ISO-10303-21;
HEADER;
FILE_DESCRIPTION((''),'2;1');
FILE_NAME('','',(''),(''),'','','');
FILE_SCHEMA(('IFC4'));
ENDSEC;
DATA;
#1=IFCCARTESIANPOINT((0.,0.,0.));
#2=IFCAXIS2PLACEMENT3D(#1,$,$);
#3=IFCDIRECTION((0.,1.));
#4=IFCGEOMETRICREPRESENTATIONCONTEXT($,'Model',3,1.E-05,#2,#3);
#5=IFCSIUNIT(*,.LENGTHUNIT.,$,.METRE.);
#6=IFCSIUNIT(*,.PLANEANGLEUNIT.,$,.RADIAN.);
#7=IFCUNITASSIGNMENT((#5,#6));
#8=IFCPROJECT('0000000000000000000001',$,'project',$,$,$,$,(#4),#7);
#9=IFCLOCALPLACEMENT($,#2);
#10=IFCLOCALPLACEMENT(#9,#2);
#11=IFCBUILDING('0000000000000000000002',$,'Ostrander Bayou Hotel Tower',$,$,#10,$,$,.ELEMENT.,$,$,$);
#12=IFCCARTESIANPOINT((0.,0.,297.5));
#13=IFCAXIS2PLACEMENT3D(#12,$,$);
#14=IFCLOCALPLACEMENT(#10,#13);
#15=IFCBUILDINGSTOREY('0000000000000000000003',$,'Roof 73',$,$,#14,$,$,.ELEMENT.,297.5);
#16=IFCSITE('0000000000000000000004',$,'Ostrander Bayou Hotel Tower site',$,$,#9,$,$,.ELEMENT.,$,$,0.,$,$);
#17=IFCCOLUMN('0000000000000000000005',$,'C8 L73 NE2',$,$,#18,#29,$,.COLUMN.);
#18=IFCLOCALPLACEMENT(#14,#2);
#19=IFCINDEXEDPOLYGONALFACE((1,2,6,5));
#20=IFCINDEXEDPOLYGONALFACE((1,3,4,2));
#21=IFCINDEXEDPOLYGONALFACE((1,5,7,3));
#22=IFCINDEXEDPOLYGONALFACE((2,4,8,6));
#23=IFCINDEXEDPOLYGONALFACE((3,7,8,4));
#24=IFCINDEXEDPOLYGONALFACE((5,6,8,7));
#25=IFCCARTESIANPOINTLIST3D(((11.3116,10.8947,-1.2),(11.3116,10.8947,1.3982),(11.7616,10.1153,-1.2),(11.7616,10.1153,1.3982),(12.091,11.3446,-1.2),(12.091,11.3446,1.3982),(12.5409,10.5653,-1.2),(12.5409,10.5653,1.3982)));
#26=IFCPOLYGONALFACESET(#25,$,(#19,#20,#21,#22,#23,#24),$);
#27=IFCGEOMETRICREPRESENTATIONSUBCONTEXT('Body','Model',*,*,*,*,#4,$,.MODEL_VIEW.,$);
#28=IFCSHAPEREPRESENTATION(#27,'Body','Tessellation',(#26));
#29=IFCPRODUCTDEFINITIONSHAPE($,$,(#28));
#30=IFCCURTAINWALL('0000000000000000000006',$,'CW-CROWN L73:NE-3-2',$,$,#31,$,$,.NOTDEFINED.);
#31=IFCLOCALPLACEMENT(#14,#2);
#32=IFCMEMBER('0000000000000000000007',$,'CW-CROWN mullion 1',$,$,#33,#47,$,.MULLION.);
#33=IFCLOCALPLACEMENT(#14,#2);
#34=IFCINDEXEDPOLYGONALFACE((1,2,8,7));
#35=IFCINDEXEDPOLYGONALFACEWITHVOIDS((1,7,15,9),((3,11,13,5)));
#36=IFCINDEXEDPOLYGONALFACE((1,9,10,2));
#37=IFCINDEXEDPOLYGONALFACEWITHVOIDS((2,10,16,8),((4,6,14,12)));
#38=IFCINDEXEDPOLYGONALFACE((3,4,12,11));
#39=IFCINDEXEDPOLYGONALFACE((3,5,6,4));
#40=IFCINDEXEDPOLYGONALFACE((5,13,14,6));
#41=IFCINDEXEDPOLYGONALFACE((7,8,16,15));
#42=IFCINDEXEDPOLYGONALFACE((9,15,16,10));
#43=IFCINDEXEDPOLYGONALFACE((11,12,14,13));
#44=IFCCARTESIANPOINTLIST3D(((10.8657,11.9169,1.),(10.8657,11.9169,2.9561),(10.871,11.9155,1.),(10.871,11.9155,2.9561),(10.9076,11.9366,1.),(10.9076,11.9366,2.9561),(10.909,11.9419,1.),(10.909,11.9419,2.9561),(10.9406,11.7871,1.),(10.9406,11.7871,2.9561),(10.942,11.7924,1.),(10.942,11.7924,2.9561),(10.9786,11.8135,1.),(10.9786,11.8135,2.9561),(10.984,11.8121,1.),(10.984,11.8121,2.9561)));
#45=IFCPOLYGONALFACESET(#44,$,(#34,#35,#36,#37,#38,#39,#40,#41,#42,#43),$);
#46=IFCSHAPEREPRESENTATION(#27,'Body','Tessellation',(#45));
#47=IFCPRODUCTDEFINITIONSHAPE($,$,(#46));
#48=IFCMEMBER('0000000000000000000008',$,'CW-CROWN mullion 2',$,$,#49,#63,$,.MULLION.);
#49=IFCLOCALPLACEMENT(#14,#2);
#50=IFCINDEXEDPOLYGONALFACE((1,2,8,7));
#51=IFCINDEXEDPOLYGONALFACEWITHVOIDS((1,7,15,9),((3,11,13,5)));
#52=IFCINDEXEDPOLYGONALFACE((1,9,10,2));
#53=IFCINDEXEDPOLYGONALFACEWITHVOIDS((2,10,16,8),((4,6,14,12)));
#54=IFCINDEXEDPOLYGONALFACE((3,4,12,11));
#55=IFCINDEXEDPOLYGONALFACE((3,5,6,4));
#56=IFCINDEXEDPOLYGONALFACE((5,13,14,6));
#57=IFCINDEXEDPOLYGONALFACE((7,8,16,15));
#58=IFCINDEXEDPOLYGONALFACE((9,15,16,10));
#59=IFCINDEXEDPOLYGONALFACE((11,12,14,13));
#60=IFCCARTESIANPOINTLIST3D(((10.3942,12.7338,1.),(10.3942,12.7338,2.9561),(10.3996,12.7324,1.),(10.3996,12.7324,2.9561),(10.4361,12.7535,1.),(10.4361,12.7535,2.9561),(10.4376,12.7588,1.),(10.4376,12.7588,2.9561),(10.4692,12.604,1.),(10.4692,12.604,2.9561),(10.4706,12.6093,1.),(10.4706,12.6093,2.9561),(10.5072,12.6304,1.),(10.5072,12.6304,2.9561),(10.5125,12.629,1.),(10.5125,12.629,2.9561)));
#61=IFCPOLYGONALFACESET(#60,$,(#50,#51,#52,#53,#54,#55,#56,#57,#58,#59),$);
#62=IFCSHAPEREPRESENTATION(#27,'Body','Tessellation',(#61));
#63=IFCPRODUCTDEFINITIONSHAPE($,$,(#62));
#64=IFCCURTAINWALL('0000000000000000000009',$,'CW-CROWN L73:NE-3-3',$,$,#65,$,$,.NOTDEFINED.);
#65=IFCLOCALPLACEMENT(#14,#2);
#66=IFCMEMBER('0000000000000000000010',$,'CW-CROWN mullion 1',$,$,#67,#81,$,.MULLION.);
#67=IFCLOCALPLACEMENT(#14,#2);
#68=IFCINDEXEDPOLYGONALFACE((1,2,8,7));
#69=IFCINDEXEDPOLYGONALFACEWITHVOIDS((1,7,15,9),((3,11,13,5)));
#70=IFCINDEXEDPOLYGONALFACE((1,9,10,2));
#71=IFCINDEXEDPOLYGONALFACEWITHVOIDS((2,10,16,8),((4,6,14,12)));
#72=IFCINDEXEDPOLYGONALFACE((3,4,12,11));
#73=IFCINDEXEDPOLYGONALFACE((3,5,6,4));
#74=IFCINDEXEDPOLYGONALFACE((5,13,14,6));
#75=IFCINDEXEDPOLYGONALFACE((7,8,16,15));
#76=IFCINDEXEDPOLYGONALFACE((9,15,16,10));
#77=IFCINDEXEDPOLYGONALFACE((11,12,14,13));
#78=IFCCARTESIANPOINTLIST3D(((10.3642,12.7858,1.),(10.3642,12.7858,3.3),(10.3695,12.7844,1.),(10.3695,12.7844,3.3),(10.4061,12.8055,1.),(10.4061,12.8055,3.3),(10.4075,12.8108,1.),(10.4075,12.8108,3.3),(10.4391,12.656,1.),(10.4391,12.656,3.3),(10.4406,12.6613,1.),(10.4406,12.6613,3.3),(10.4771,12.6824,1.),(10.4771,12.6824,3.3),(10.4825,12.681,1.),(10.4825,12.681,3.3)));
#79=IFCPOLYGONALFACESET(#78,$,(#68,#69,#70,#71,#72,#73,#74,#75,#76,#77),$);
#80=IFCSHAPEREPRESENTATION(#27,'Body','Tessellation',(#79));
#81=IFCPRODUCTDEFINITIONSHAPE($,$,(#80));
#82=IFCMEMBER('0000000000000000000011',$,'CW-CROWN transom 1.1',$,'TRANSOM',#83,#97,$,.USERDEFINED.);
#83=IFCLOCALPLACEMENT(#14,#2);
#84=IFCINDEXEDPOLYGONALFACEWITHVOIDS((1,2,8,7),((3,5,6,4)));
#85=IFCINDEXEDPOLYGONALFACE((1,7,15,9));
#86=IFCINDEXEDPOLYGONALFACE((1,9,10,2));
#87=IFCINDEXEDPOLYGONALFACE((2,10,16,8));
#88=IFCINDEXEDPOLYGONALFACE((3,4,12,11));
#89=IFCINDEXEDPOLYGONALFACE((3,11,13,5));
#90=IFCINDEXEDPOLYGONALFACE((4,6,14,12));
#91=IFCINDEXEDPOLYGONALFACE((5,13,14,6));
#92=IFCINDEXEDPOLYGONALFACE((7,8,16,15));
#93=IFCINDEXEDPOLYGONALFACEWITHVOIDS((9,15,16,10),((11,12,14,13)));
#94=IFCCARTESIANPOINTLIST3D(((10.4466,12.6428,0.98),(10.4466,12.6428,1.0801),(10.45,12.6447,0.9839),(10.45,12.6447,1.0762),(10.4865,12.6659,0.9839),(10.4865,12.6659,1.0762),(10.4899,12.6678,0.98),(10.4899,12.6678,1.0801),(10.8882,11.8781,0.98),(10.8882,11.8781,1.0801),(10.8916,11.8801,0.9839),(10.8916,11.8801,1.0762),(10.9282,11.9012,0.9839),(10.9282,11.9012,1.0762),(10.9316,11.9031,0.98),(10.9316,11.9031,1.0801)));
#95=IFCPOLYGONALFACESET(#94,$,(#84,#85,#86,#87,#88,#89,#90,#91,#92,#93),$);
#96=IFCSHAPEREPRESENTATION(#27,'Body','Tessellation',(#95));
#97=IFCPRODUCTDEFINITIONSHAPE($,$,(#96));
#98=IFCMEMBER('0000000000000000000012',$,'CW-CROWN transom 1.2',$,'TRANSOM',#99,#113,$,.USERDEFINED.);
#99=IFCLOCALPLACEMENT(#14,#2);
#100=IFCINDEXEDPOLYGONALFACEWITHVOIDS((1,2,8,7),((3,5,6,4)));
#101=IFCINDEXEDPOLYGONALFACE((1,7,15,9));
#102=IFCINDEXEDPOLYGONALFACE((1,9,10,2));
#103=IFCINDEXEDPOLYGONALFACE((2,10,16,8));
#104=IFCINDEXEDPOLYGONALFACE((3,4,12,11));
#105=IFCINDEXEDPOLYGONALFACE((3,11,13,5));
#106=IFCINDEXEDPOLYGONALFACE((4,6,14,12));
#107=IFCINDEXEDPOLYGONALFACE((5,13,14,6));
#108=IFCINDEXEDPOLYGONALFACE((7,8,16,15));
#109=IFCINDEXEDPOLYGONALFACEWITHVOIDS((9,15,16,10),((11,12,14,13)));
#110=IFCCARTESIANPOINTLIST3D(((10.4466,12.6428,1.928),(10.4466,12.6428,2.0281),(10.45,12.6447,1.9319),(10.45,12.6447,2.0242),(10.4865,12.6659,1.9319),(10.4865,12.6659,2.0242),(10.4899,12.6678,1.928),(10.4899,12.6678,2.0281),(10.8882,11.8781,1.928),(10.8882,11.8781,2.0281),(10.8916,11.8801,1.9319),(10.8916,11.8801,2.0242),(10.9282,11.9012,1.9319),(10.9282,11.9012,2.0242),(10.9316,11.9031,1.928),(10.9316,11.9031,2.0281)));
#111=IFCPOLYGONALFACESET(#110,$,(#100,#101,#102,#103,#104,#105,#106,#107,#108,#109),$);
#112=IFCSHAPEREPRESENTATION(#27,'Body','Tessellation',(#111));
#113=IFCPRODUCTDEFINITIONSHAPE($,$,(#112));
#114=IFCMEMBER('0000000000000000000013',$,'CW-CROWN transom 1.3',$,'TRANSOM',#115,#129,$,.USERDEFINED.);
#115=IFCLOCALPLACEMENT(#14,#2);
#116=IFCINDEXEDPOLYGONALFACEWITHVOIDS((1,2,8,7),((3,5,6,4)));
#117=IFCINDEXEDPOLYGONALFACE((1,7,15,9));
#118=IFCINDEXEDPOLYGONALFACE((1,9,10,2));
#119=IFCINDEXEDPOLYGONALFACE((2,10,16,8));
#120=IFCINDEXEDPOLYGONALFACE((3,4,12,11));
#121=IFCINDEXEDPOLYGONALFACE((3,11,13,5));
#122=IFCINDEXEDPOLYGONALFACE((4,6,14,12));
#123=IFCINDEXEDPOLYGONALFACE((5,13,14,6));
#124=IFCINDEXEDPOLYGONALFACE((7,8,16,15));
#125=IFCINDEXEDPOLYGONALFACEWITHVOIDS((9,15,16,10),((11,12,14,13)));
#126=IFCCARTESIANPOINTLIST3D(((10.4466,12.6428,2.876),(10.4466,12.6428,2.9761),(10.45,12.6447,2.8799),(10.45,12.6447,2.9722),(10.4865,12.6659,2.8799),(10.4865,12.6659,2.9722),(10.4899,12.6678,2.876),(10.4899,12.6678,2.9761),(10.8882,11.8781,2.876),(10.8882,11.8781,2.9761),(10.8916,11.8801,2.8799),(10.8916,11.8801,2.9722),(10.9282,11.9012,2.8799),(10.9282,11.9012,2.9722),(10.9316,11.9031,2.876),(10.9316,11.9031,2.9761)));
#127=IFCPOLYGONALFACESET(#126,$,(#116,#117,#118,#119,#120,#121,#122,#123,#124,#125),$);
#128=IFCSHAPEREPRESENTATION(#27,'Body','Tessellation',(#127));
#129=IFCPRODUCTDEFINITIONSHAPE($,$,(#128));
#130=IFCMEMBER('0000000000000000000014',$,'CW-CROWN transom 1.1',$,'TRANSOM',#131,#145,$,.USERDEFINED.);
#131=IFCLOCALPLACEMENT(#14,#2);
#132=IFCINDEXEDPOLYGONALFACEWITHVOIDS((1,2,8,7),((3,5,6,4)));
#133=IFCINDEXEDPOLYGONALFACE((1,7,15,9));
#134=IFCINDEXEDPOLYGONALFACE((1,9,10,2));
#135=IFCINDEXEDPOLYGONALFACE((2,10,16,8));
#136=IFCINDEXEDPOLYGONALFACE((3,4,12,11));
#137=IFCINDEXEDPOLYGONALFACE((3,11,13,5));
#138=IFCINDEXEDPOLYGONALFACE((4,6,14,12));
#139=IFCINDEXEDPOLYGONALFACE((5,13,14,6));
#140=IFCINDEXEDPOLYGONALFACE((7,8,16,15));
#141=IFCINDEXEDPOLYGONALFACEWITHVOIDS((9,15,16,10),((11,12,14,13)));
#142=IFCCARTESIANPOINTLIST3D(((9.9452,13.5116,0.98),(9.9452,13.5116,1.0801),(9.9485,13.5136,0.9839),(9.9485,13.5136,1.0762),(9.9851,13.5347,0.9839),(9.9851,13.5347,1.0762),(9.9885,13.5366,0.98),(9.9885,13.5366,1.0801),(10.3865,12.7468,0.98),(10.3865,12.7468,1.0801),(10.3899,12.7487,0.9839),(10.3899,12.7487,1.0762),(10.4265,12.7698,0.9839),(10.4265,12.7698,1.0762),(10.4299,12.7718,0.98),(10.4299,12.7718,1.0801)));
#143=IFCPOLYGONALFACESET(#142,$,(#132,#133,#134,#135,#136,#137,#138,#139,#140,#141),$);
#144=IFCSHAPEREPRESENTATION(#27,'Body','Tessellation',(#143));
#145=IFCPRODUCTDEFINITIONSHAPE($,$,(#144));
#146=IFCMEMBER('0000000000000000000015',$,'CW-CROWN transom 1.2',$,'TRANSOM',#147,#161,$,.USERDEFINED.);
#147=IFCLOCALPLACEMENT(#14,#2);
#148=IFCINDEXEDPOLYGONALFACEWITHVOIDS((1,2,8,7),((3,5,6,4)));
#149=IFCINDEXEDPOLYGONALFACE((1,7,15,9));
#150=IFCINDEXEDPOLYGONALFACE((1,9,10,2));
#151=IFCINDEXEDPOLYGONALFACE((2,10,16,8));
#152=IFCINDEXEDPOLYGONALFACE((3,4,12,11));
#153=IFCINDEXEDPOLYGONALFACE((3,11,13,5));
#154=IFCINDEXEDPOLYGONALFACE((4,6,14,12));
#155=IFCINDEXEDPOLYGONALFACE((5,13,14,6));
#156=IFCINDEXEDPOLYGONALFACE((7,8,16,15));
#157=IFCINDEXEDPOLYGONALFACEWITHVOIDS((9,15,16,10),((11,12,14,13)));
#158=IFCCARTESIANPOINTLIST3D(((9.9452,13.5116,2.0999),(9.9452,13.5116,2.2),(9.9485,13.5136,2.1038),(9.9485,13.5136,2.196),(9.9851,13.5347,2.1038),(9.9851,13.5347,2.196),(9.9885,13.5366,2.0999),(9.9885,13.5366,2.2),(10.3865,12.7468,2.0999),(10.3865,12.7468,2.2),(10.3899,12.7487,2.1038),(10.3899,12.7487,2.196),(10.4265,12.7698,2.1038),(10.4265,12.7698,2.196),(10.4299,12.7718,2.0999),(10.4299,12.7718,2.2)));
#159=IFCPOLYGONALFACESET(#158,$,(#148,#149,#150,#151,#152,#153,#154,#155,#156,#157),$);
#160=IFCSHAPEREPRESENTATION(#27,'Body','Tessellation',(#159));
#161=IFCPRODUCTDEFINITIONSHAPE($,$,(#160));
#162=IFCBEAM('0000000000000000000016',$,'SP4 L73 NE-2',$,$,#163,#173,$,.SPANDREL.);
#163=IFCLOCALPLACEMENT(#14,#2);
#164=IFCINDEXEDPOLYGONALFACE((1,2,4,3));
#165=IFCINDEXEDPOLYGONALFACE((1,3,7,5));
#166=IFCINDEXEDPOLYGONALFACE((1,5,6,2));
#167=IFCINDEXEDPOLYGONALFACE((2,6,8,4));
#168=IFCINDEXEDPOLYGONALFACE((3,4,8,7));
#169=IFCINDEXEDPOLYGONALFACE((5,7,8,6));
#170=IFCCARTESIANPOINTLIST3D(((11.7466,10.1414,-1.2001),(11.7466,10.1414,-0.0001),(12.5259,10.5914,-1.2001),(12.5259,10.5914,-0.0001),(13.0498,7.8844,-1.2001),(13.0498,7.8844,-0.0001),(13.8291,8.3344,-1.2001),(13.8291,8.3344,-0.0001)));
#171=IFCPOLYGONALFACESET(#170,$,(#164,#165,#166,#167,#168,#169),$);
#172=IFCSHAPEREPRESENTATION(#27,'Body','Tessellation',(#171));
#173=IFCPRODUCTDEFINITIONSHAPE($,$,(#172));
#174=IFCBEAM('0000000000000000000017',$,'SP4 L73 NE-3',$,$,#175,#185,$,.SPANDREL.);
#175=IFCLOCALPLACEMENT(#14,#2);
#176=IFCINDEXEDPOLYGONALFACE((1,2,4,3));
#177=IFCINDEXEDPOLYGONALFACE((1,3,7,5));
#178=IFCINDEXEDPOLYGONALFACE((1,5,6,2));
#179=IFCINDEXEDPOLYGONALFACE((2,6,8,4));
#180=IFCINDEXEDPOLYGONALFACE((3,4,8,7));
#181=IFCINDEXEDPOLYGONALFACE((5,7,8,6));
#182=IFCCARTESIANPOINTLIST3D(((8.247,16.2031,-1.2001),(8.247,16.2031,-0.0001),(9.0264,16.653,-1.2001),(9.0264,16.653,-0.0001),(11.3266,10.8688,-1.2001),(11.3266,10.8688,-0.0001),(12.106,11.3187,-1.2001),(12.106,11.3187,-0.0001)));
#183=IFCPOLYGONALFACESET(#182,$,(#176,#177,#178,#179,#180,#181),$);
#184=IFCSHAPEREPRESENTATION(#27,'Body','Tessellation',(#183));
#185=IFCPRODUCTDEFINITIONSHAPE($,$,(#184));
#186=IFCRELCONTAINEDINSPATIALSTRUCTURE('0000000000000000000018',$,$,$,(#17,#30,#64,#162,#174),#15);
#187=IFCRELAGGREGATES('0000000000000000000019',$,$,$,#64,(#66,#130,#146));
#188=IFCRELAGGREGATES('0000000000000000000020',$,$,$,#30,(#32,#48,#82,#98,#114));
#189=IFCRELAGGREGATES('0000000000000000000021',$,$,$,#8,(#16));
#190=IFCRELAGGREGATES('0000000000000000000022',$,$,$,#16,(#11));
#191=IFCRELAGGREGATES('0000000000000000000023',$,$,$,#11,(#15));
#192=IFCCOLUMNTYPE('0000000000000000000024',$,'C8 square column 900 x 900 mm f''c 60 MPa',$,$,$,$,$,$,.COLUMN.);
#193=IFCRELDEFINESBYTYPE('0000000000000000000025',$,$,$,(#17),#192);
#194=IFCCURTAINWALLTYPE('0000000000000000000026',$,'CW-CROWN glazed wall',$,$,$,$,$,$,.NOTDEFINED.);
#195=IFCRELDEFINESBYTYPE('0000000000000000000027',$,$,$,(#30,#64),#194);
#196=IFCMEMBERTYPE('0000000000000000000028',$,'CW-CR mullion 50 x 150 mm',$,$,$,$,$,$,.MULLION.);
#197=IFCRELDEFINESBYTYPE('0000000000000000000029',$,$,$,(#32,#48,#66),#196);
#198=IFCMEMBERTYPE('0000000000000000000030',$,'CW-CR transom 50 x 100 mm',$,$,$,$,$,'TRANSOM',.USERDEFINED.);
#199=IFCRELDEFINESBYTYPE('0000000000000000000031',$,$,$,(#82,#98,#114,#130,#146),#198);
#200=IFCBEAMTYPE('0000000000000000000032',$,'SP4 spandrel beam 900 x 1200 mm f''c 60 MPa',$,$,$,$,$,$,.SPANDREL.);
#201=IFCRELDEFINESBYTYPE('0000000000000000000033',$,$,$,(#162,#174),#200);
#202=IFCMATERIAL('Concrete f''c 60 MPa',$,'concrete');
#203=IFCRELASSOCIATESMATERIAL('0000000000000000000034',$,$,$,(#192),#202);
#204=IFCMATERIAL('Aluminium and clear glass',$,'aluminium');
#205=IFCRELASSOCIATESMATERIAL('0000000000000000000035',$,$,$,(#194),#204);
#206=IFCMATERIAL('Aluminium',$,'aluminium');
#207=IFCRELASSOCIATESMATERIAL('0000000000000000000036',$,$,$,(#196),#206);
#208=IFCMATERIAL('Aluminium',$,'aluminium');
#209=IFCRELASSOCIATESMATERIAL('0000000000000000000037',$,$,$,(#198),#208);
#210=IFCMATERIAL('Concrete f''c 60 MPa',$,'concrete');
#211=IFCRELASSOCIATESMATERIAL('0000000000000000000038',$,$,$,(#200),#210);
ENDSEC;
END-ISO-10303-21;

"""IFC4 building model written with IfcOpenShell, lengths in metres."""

from ifc_helpers import new_model, si_unit, direction, frame, origin, origin_2d, place, context, subcontext, project, spatial, rectangle, hollow_rectangle, extrude, material, material_profile, profile_set, type_object, element, aggregate, save


model = new_model("IFC4")

# Units and contexts
model_context = context("Model", 3, precision=1e-05, world=origin(), true_north=direction((0.0, 1.0)))
body_context = subcontext(model_context, "Body", "Model", "MODEL_VIEW")
ifc_project = project(units=[si_unit("LENGTHUNIT", "METRE"), si_unit("PLANEANGLEUNIT", "RADIAN")], contexts=[model_context])

# Site, building, storey
site_placement = place(None, origin())
site = spatial("IfcSite", under=ifc_project, at=site_placement, Name="Ostrander Bayou Hotel Tower site", CompositionType="ELEMENT", RefElevation=0.0)
building_placement = place(site_placement, origin())
building = spatial("IfcBuilding", under=site, at=building_placement, Name="Ostrander Bayou Hotel Tower", CompositionType="ELEMENT")
storey_placement = place(building_placement, frame((0.0, 0.0, 297.5)))
storey = spatial("IfcBuildingStorey", under=building, at=storey_placement, Name="Roof 73", CompositionType="ELEMENT", Elevation=297.5)

# Column
ifc_material_1 = material(Name="Concrete f'c 60 MPa", Category="concrete")
ifc_material_profile_1 = material_profile(ifc_material_1, rectangle(XDim=0.8999, YDim=0.8999, at=origin_2d()))
ifc_profile_set_1 = profile_set([ifc_material_profile_1], Name="Concrete f'c 60 MPa")
column_type = type_object("IfcColumnType", Name="C8 square column 900 x 900 mm f'c 60 MPa", PredefinedType="COLUMN", material=ifc_profile_set_1)
column_placement = place(storey_placement, frame((11.9263, 10.73, -1.2), z_axis=(0.0, 0.0, 1.0), x_axis=(0.5, -0.866025, 0.0)))
element("IfcColumn", 1, at=column_placement, inside=storey, type_object=column_type, Name="C8 L73 NE2", PredefinedType="COLUMN", context=body_context, shape_type="SweptSolid", body=[
    extrude(rectangle(XDim=0.8999, YDim=0.8999, at=origin_2d()), origin(), (0.0, 0.0, 1.0), 2.5981),
])

# Curtain wall, members
ifc_material_2 = material(Name="Aluminium and clear glass", Category="aluminium")
curtain_wall_type = type_object("IfcCurtainWallType", Name="CW-CROWN glazed wall", PredefinedType="NOTDEFINED", material=ifc_material_2)
curtain_wall_1_placement = place(storey_placement, origin())
curtain_wall_1 = element("IfcCurtainWall", 2, at=curtain_wall_1_placement, inside=storey, type_object=curtain_wall_type, Name="CW-CROWN L73:NE-3-2", PredefinedType="NOTDEFINED")
ifc_material_3 = material(Name="Aluminium", Category="aluminium")
ifc_material_profile_2 = material_profile(ifc_material_3, hollow_rectangle(XDim=0.05, YDim=0.1499, WallThickness=0.0039, at=origin_2d()))
ifc_profile_set_2 = profile_set([ifc_material_profile_2], Name="Aluminium")
member_type_1 = type_object("IfcMemberType", Name="CW-CR mullion 50 x 150 mm", PredefinedType="MULLION", material=ifc_profile_set_2)
member_1_placement = place(storey_placement, frame((10.9248, 11.8645, 1.0), z_axis=(0.0, 0.0, 1.0), x_axis=(-0.866001, -0.500042, 0.0)))
member_1 = element("IfcMember", 3, at=member_1_placement, type_object=member_type_1, Name="CW-CROWN mullion 1", PredefinedType="MULLION", context=body_context, shape_type="SweptSolid", body=[
    extrude(hollow_rectangle(XDim=0.05, YDim=0.1499, WallThickness=0.0039, at=origin_2d()), origin(), (0.0, 0.0, 1.0), 1.9561),
])
member_2_placement = place(storey_placement, frame((10.4534, 12.6814, 1.0), z_axis=(0.0, 0.0, 1.0), x_axis=(-0.866001, -0.500042, 0.0)))
member_2 = element("IfcMember", 4, at=member_2_placement, type_object=member_type_1, Name="CW-CROWN mullion 2", PredefinedType="MULLION", context=body_context, shape_type="SweptSolid", body=[
    extrude(hollow_rectangle(XDim=0.05, YDim=0.1499, WallThickness=0.0039, at=origin_2d()), origin(), (0.0, 0.0, 1.0), 1.9561),
])

# Curtain wall, member
curtain_wall_2_placement = place(storey_placement, origin())
curtain_wall_2 = element("IfcCurtainWall", 5, at=curtain_wall_2_placement, inside=storey, type_object=curtain_wall_type, Name="CW-CROWN L73:NE-3-3", PredefinedType="NOTDEFINED")
member_3_placement = place(storey_placement, frame((10.4233, 12.7334, 1.0), z_axis=(0.0, 0.0, 1.0), x_axis=(-0.866069, -0.499924, 0.0)))
member_3 = element("IfcMember", 6, at=member_3_placement, type_object=member_type_1, Name="CW-CROWN mullion 1", PredefinedType="MULLION", context=body_context, shape_type="SweptSolid", body=[
    extrude(hollow_rectangle(XDim=0.05, YDim=0.1499, WallThickness=0.0039, at=origin_2d()), origin(), (0.0, 0.0, 1.0), 2.3),
])

# Members
ifc_material_4 = material(Name="Aluminium", Category="aluminium")
ifc_material_profile_3 = material_profile(ifc_material_4, hollow_rectangle(XDim=0.05, YDim=0.1001, WallThickness=0.0039, at=origin_2d()))
ifc_profile_set_3 = profile_set([ifc_material_profile_3], Name="Aluminium")
member_type_2 = type_object("IfcMemberType", Name="CW-CR transom 50 x 100 mm", ElementType="TRANSOM", PredefinedType="USERDEFINED", material=ifc_profile_set_3)
member_4_placement = place(storey_placement, frame((10.9099, 11.8906, 1.03), z_axis=(-0.500153, 0.865937, 0.0), x_axis=(-0.865937, -0.500153, 0.0)))
member_4 = element("IfcMember", 7, at=member_4_placement, type_object=member_type_2, Name="CW-CROWN transom 1.1", ObjectType="TRANSOM", PredefinedType="USERDEFINED", context=body_context, shape_type="SweptSolid", body=[
    extrude(hollow_rectangle(XDim=0.05, YDim=0.1001, WallThickness=0.0039, at=origin_2d()), origin(), (0.0, 0.0, 1.0), 0.8831),
])
member_5_placement = place(storey_placement, frame((10.9099, 11.8906, 1.978), z_axis=(-0.500153, 0.865937, 0.0), x_axis=(-0.865937, -0.500153, 0.0)))
member_5 = element("IfcMember", 8, at=member_5_placement, type_object=member_type_2, Name="CW-CROWN transom 1.2", ObjectType="TRANSOM", PredefinedType="USERDEFINED", context=body_context, shape_type="SweptSolid", body=[
    extrude(hollow_rectangle(XDim=0.05, YDim=0.1001, WallThickness=0.0039, at=origin_2d()), origin(), (0.0, 0.0, 1.0), 0.8831),
])
member_6_placement = place(storey_placement, frame((10.9099, 11.8906, 2.926), z_axis=(-0.500153, 0.865937, 0.0), x_axis=(-0.865937, -0.500153, 0.0)))
member_6 = element("IfcMember", 9, at=member_6_placement, type_object=member_type_2, Name="CW-CROWN transom 1.3", ObjectType="TRANSOM", PredefinedType="USERDEFINED", context=body_context, shape_type="SweptSolid", body=[
    extrude(hollow_rectangle(XDim=0.05, YDim=0.1001, WallThickness=0.0039, at=origin_2d()), origin(), (0.0, 0.0, 1.0), 0.8831),
])
member_7_placement = place(storey_placement, frame((10.4082, 12.7593, 1.03), z_axis=(-0.499826, 0.866126, 0.0), x_axis=(-0.866126, -0.499826, 0.0)))
member_7 = element("IfcMember", 10, at=member_7_placement, type_object=member_type_2, Name="CW-CROWN transom 1.1", ObjectType="TRANSOM", PredefinedType="USERDEFINED", context=body_context, shape_type="SweptSolid", body=[
    extrude(hollow_rectangle(XDim=0.05, YDim=0.1001, WallThickness=0.0039, at=origin_2d()), origin(), (0.0, 0.0, 1.0), 0.8831),
])
member_8_placement = place(storey_placement, frame((10.4082, 12.7593, 2.1499), z_axis=(-0.499826, 0.866126, 0.0), x_axis=(-0.866126, -0.499826, 0.0)))
member_8 = element("IfcMember", 11, at=member_8_placement, type_object=member_type_2, Name="CW-CROWN transom 1.2", ObjectType="TRANSOM", PredefinedType="USERDEFINED", context=body_context, shape_type="SweptSolid", body=[
    extrude(hollow_rectangle(XDim=0.05, YDim=0.1001, WallThickness=0.0039, at=origin_2d()), origin(), (0.0, 0.0, 1.0), 0.8831),
])
aggregate(curtain_wall_2, [member_3, member_7, member_8])

# Beams
ifc_material_5 = material(Name="Concrete f'c 60 MPa", Category="concrete")
ifc_material_profile_4 = material_profile(ifc_material_5, rectangle(XDim=0.8999, YDim=1.2, at=origin_2d()))
ifc_profile_set_4 = profile_set([ifc_material_profile_4], Name="Concrete f'c 60 MPa")
beam_type = type_object("IfcBeamType", Name="SP4 spandrel beam 900 x 1200 mm f'c 60 MPa", PredefinedType="SPANDREL", material=ifc_profile_set_4)
beam_1_placement = place(storey_placement, frame((13.4395, 8.1094, -0.6001), z_axis=(-0.500028, 0.866009, 0.0), x_axis=(-0.866009, -0.500028, 0.0)))
element("IfcBeam", 12, at=beam_1_placement, inside=storey, type_object=beam_type, Name="SP4 L73 NE-2", PredefinedType="SPANDREL", context=body_context, shape_type="SweptSolid", body=[
    extrude(rectangle(XDim=0.8999, YDim=1.2, at=origin_2d()), origin(), (0.0, 0.0, 1.0), 2.6062),
])
beam_2_placement = place(storey_placement, frame((11.7163, 11.0938, -0.6001), z_axis=(-0.499984, 0.866034, 0.0), x_axis=(-0.866034, -0.499984, 0.0)))
element("IfcBeam", 13, at=beam_2_placement, inside=storey, type_object=beam_type, Name="SP4 L73 NE-3", PredefinedType="SPANDREL", context=body_context, shape_type="SweptSolid", body=[
    extrude(rectangle(XDim=0.8999, YDim=1.2, at=origin_2d()), origin(), (0.0, 0.0, 1.0), 6.1594),
])

aggregate(curtain_wall_1, [member_1, member_2, member_4, member_5, member_6])

save(model, "model.ifc")
